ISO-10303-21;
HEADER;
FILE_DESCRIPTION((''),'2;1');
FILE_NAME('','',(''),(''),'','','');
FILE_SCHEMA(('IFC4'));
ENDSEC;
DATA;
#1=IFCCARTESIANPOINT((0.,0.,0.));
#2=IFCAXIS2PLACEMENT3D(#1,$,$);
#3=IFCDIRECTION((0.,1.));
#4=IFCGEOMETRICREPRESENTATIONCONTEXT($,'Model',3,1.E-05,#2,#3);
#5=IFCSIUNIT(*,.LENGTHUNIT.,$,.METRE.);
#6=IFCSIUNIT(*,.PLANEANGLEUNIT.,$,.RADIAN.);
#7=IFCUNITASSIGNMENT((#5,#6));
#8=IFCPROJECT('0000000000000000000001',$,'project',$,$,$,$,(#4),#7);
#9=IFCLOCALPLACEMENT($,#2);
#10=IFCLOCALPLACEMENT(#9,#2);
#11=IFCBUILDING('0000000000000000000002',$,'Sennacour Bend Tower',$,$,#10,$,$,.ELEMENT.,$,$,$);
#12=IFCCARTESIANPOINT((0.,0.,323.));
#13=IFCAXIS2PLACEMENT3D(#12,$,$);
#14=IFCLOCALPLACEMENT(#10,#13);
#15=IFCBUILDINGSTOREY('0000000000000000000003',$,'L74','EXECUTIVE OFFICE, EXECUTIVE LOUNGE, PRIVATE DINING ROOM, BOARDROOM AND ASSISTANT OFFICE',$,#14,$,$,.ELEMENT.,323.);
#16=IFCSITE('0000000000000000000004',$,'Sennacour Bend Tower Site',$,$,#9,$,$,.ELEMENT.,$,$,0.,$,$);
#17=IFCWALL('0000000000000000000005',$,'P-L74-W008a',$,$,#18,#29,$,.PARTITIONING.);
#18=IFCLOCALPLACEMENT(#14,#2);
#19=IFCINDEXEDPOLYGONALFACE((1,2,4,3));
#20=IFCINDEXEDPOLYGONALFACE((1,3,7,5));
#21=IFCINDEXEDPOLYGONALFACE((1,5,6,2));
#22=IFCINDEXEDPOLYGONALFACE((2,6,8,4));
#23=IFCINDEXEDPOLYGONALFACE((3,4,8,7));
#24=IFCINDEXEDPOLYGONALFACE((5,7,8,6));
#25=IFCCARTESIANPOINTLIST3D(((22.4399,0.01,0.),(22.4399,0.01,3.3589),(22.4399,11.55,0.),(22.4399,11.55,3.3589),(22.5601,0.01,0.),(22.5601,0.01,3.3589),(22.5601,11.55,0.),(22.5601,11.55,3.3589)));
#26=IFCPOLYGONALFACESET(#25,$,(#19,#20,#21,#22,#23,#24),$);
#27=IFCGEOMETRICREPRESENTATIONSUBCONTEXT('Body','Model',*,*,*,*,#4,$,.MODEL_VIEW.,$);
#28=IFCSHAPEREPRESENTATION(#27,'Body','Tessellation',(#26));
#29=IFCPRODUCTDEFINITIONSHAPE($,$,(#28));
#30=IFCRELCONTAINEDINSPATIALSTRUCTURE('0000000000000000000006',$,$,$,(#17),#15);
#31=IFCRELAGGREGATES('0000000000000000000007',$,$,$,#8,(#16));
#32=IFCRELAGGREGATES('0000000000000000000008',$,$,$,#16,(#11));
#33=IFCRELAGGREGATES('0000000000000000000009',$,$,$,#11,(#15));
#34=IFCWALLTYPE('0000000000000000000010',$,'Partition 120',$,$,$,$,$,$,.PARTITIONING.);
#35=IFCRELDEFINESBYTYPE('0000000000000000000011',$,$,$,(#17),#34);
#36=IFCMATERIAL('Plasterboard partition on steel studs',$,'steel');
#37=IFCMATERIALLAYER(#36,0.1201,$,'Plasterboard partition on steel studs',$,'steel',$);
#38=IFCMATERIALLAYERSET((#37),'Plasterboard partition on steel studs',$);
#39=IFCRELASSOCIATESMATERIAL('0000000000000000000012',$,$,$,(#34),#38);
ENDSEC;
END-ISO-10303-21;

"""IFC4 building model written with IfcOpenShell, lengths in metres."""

from ifc_helpers import new_model, si_unit, direction, frame, frame_2d, origin, place, context, subcontext, project, spatial, rectangle, extrude, material, layer, layer_set, type_object, element, save


model = new_model("IFC4")

# Units and contexts
model_context = context("Model", 3, precision=1e-05, world=origin(), true_north=direction((0.0, 1.0)))
body_context = subcontext(model_context, "Body", "Model", "MODEL_VIEW")
ifc_project = project(units=[si_unit("LENGTHUNIT", "METRE"), si_unit("PLANEANGLEUNIT", "RADIAN")], contexts=[model_context])

# Site, building, storey
site_placement = place(None, origin())
site = spatial("IfcSite", under=ifc_project, at=site_placement, Name="Sennacour Bend Tower Site", CompositionType="ELEMENT", RefElevation=0.0)
building_placement = place(site_placement, origin())
building = spatial("IfcBuilding", under=site, at=building_placement, Name="Sennacour Bend Tower", CompositionType="ELEMENT")
storey_placement = place(building_placement, frame((0.0, 0.0, 323.0)))
storey = spatial("IfcBuildingStorey", under=building, at=storey_placement, Name="L74", Description="EXECUTIVE OFFICE, EXECUTIVE LOUNGE, PRIVATE DINING ROOM, BOARDROOM AND ASSISTANT OFFICE", CompositionType="ELEMENT", Elevation=323.0)

# Wall
ifc_material_1 = material(Name="Plasterboard partition on steel studs", Category="steel")
ifc_layer_1 = layer(ifc_material_1, 0.1201, Name="Plasterboard partition on steel studs", Category="steel")
ifc_layer_set_1 = layer_set([ifc_layer_1], Name="Plasterboard partition on steel studs")
wall_type = type_object("IfcWallType", Name="Partition 120", PredefinedType="PARTITIONING", material=ifc_layer_set_1)
wall_placement = place(storey_placement, frame((22.5, 0.01, 0.0), z_axis=(0.0, 0.0, 1.0), x_axis=(0.0, 1.0, 0.0)))
element("IfcWall", 1, at=wall_placement, inside=storey, type_object=wall_type, Name="P-L74-W008a", PredefinedType="PARTITIONING", context=body_context, shape_type="SweptSolid", body=[
    extrude(rectangle(XDim=11.54, YDim=0.1201, at=frame_2d((5.77, 0.0))), origin(), (0.0, 0.0, 1.0), 3.3589),
])

save(model, "model.ifc")
